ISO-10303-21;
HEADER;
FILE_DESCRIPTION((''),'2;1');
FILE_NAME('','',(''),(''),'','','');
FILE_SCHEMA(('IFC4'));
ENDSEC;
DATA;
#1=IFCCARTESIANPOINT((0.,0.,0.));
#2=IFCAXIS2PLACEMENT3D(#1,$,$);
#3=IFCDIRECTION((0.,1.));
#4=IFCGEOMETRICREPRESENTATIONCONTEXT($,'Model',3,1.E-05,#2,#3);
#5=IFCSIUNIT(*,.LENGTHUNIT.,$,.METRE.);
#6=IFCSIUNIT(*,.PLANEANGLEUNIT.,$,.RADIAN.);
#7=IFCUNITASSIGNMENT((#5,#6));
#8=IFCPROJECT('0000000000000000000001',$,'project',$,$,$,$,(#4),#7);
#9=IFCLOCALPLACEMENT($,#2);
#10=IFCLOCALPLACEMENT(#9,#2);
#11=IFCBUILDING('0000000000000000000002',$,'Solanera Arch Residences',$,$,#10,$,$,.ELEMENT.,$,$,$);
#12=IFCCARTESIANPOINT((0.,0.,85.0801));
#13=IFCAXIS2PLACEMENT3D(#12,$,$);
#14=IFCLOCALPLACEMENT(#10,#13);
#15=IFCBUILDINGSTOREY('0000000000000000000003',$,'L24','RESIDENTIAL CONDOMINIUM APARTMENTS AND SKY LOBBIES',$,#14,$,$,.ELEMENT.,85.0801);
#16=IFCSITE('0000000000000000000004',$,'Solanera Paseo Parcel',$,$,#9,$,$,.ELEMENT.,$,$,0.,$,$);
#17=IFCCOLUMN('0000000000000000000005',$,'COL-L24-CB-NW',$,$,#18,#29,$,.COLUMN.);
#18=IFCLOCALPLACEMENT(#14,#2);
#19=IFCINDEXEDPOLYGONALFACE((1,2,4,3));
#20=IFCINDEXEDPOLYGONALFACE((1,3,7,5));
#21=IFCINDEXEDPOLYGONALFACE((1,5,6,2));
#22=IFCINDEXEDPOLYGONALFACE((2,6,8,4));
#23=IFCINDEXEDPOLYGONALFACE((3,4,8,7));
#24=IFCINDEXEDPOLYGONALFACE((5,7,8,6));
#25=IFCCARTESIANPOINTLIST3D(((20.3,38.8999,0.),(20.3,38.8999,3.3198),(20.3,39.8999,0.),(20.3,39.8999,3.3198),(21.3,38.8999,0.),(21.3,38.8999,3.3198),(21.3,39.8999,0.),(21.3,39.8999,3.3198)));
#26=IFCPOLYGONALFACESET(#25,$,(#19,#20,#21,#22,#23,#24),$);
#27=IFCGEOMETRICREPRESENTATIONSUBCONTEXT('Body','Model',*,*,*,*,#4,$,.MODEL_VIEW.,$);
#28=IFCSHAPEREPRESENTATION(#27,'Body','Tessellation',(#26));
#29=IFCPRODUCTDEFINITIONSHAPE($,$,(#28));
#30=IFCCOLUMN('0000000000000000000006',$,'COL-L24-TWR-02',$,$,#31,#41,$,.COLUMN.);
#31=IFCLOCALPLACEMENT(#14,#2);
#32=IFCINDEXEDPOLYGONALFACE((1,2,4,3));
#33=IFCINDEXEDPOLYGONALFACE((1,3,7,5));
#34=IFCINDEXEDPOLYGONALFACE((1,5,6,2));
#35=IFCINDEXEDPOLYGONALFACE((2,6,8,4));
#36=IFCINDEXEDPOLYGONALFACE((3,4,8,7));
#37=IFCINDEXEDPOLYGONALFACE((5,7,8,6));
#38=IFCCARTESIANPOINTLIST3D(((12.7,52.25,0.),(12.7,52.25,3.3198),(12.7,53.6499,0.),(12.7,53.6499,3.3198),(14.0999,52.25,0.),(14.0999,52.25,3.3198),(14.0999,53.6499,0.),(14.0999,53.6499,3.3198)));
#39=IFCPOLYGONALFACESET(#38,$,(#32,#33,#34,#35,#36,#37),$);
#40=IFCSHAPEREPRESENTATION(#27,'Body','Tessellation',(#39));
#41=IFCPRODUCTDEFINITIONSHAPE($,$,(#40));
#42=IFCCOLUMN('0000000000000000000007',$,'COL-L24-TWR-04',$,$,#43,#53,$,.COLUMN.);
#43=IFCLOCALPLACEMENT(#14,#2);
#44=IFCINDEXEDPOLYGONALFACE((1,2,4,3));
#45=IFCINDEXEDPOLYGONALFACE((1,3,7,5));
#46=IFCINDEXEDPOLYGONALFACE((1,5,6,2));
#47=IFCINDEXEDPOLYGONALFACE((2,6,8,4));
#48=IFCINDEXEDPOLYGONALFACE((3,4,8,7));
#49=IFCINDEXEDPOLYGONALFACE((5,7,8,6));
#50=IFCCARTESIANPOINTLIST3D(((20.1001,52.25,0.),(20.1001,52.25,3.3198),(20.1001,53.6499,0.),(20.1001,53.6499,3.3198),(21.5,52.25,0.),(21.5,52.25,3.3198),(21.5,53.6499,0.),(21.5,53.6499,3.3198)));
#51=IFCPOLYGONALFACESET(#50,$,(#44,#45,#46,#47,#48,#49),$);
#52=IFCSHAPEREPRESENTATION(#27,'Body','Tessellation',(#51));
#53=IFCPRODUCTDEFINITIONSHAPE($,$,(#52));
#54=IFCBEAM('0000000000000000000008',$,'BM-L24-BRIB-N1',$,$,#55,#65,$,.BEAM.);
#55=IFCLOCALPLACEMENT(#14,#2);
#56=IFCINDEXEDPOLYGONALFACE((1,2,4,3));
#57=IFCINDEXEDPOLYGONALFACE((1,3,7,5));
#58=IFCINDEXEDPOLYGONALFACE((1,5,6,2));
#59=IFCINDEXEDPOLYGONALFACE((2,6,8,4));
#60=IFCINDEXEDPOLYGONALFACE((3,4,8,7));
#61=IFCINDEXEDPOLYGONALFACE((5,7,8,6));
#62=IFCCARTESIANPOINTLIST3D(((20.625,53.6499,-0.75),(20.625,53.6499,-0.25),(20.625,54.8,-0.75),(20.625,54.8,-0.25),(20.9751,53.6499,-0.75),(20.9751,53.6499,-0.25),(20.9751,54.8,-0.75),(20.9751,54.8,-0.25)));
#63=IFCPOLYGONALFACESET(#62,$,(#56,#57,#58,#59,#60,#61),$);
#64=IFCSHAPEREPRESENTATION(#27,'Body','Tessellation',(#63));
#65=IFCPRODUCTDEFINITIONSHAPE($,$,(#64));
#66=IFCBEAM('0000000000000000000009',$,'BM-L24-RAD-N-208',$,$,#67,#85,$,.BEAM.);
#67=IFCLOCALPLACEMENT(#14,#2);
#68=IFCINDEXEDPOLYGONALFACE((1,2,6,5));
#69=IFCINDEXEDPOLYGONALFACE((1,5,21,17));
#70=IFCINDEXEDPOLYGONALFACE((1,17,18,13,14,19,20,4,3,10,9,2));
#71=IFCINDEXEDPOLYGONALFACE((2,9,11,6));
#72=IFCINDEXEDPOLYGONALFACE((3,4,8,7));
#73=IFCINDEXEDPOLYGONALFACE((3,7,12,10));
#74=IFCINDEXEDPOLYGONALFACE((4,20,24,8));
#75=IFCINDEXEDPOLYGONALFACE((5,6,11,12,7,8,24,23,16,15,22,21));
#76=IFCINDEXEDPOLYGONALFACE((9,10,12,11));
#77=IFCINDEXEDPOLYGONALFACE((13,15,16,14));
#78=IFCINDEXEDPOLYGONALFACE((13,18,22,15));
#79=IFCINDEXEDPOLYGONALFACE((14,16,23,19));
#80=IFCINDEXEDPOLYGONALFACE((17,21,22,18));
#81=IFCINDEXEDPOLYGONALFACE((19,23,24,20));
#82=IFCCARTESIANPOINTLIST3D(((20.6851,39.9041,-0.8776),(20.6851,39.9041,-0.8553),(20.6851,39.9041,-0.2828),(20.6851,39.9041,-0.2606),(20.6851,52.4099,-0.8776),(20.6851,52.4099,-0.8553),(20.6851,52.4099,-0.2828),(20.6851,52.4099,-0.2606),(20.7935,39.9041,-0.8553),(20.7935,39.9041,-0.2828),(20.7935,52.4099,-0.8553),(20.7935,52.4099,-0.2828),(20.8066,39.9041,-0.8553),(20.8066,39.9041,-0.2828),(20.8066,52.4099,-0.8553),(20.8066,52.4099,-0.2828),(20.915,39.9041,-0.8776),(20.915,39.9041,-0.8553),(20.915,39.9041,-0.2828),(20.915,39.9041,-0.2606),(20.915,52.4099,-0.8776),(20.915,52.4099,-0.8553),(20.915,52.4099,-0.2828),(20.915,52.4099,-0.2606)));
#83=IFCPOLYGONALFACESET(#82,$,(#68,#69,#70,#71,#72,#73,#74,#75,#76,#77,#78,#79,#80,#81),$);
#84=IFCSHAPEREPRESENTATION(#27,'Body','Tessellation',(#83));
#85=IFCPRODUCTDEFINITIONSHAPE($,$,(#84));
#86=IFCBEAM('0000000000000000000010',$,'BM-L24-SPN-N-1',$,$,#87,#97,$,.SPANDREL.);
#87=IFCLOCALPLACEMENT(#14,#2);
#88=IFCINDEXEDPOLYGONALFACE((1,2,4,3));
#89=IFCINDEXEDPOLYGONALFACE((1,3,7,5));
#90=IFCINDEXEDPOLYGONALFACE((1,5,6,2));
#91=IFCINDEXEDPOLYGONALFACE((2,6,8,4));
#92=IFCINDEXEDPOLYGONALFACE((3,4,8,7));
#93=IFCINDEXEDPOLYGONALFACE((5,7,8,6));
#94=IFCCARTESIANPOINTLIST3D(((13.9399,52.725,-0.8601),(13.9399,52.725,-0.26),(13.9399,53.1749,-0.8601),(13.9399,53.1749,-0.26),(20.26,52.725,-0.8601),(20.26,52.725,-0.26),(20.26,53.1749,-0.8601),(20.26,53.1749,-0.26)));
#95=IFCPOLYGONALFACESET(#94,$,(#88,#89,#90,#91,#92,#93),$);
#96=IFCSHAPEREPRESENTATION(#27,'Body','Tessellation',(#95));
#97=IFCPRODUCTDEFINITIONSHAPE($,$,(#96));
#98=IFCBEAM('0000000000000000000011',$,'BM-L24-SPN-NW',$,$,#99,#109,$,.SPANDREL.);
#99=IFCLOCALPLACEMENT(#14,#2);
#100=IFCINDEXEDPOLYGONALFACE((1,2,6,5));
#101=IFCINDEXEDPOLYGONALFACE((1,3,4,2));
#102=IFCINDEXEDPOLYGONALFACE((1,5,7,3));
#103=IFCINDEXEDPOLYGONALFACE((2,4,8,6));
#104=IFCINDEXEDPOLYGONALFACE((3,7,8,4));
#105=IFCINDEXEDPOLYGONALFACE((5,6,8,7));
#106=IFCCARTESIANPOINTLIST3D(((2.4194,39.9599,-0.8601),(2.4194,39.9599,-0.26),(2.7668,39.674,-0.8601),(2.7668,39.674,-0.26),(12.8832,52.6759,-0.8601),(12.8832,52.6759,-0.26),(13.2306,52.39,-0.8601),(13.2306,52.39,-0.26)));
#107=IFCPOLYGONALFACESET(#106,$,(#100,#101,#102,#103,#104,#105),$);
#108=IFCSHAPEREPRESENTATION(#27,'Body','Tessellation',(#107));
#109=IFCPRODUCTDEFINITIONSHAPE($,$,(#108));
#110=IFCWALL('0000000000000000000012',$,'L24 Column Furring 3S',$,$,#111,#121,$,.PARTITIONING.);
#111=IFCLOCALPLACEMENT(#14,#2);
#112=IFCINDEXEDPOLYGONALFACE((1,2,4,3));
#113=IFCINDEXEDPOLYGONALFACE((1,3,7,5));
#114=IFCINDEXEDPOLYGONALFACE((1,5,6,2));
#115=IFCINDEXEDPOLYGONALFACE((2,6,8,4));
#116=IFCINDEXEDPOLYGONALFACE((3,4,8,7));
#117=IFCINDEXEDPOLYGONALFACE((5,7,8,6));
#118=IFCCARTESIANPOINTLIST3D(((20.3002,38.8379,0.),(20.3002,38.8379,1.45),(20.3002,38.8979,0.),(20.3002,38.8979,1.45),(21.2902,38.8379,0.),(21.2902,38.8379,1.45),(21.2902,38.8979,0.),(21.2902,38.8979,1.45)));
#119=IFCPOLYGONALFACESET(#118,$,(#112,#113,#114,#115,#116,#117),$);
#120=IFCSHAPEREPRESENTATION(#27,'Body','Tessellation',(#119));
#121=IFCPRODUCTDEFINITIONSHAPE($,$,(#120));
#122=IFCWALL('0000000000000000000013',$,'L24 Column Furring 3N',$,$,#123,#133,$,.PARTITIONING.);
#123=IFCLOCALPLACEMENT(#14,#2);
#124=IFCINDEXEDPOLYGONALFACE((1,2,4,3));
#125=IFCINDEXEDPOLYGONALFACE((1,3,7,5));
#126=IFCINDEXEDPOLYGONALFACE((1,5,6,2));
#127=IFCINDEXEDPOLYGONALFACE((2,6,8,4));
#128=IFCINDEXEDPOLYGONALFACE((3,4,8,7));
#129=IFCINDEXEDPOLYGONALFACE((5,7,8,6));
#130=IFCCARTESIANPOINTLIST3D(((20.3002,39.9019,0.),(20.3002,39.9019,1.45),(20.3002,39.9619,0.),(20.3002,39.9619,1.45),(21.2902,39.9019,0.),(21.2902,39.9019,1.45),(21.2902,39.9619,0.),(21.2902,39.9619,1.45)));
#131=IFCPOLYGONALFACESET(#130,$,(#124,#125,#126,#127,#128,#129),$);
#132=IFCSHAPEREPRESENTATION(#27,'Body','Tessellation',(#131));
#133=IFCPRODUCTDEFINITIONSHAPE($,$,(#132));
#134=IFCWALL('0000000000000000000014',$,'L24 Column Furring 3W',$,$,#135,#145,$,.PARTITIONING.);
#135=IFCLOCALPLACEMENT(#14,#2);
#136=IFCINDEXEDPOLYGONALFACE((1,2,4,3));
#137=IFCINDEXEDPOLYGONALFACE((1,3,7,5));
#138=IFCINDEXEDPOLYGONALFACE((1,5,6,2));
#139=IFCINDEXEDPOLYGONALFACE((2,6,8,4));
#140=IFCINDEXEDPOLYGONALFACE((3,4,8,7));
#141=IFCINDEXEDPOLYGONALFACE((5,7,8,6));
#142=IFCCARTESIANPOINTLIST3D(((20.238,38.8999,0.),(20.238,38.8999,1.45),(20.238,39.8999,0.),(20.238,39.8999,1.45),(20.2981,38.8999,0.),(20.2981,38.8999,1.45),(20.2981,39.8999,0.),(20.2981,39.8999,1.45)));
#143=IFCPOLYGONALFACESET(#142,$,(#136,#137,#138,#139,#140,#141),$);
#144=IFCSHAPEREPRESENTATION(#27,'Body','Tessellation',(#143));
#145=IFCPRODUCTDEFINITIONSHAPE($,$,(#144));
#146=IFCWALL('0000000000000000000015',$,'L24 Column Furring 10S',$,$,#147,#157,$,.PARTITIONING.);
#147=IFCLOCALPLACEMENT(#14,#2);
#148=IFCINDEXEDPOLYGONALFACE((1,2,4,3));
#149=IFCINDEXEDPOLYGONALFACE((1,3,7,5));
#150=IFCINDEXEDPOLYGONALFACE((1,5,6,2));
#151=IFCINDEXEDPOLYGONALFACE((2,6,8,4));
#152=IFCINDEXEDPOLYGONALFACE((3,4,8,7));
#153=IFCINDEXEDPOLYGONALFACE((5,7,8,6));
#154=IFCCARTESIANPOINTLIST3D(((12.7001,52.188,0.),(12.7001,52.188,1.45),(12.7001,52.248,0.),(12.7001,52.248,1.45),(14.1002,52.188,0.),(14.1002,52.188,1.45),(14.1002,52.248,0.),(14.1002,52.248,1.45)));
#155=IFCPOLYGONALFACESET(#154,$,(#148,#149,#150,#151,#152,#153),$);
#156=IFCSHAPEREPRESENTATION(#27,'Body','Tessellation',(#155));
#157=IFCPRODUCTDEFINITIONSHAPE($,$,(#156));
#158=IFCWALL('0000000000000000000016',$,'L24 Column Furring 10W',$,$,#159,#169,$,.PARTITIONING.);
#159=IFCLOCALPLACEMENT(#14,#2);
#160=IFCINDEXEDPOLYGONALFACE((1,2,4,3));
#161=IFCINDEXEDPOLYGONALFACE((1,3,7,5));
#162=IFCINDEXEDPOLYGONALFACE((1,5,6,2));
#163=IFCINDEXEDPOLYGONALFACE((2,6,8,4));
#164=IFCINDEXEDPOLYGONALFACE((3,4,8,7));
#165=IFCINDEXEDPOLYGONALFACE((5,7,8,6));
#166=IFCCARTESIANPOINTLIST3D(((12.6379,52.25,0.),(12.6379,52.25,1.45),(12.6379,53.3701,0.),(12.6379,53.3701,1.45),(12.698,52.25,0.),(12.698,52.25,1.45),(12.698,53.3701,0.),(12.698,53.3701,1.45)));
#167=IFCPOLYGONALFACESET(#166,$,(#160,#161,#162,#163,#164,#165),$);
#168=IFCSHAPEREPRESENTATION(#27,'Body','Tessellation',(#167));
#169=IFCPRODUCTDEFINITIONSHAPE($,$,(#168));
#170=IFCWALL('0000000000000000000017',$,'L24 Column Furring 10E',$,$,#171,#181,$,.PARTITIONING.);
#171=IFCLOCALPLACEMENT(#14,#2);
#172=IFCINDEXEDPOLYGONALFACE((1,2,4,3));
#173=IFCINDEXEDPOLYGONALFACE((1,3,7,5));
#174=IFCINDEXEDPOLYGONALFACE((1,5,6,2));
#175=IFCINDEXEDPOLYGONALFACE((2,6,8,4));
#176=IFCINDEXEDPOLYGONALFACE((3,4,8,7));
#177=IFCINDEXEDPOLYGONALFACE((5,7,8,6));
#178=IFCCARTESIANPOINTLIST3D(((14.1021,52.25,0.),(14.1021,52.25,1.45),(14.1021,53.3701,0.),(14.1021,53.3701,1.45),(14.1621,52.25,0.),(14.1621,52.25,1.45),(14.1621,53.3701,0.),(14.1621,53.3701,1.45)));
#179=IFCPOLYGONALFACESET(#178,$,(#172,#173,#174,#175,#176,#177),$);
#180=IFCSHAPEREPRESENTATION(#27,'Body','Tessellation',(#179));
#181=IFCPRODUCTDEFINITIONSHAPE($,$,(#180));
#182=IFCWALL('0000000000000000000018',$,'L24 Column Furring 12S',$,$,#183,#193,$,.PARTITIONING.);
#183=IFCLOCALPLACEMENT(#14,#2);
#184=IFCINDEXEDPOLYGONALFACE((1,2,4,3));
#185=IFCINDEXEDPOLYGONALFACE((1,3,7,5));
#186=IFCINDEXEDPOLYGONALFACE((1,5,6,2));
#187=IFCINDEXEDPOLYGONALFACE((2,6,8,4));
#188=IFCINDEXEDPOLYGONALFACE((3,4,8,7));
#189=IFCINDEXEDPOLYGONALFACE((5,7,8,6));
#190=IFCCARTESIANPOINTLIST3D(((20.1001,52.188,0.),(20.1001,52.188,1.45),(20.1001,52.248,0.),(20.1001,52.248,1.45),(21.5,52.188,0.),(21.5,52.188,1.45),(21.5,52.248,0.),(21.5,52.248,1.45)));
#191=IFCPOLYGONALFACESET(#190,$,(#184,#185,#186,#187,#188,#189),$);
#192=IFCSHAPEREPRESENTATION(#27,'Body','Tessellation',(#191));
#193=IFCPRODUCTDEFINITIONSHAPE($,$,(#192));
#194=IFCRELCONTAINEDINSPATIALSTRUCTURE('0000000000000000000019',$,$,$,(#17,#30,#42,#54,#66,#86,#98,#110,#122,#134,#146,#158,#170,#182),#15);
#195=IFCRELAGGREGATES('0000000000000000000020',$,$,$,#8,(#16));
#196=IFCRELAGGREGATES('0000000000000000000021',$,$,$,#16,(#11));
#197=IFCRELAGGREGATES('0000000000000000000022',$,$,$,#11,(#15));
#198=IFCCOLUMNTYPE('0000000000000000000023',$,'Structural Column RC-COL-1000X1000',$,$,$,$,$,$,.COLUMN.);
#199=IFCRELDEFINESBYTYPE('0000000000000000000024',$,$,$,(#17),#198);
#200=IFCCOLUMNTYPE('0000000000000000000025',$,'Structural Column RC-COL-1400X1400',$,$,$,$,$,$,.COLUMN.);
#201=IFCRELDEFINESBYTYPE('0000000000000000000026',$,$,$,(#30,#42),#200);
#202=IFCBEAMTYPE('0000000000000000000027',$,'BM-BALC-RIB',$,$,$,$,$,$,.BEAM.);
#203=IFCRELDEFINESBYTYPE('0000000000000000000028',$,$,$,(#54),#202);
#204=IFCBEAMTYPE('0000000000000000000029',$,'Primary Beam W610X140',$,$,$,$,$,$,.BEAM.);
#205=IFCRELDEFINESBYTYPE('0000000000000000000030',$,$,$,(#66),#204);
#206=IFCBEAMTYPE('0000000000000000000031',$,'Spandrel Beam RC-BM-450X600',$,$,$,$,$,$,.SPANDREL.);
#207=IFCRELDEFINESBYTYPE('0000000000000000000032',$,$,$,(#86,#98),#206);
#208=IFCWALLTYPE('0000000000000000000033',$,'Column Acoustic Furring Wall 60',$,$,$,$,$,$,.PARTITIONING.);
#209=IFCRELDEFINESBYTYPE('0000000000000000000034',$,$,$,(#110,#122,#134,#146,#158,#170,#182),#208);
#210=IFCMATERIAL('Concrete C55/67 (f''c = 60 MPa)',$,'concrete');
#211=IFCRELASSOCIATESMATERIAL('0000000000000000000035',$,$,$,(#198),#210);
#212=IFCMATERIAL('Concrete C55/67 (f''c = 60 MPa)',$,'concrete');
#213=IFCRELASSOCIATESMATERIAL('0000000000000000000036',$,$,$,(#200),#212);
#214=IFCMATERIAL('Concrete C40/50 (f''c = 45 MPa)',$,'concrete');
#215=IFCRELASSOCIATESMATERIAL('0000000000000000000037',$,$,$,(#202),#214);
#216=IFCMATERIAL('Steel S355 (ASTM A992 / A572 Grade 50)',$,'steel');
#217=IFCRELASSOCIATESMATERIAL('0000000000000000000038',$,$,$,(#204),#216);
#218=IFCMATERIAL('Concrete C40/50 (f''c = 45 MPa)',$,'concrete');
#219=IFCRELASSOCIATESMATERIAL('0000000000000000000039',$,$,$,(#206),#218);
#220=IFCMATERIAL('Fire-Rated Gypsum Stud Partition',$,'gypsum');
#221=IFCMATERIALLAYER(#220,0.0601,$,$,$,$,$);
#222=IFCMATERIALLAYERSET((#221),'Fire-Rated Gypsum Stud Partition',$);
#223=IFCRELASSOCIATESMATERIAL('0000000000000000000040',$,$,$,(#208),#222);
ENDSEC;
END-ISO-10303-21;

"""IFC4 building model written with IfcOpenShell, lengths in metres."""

from ifc_helpers import new_model, si_unit, direction, frame, frame_2d, origin, origin_2d, place, context, subcontext, project, spatial, rectangle, i_section, extrude, material, layer, layer_set, material_profile, profile_set, type_object, element, save


model = new_model("IFC4")

# Units and contexts
model_context = context("Model", 3, precision=1e-05, world=origin(), true_north=direction((0.0, 1.0)))
body_context = subcontext(model_context, "Body", "Model", "MODEL_VIEW")
ifc_project = project(units=[si_unit("LENGTHUNIT", "METRE"), si_unit("PLANEANGLEUNIT", "RADIAN")], contexts=[model_context])

# Site, building, storey
site_placement = place(None, origin())
site = spatial("IfcSite", under=ifc_project, at=site_placement, Name="Solanera Paseo Parcel", CompositionType="ELEMENT", RefElevation=0.0)
building_placement = place(site_placement, origin())
building = spatial("IfcBuilding", under=site, at=building_placement, Name="Solanera Arch Residences", CompositionType="ELEMENT")
storey_placement = place(building_placement, frame((0.0, 0.0, 85.0801)))
storey = spatial("IfcBuildingStorey", under=building, at=storey_placement, Name="L24", Description="RESIDENTIAL CONDOMINIUM APARTMENTS AND SKY LOBBIES", CompositionType="ELEMENT", Elevation=85.0801)

# Columns
ifc_material_1 = material(Name="Concrete C55/67 (f'c = 60 MPa)", Category="concrete")
ifc_material_profile_1 = material_profile(ifc_material_1, rectangle(XDim=1.0, YDim=1.0, at=origin_2d()))
ifc_profile_set_1 = profile_set([ifc_material_profile_1], Name="Concrete C55/67 (f'c = 60 MPa)")
column_type_1 = type_object("IfcColumnType", Name="Structural Column RC-COL-1000X1000", PredefinedType="COLUMN", material=ifc_profile_set_1)
column_placement = place(storey_placement, frame((20.8, 39.3999, 0.0), z_axis=(0.0, 0.0, 1.0), x_axis=(1.0, 0.0, 0.0)))
element("IfcColumn", 1, at=column_placement, inside=storey, type_object=column_type_1, Name="COL-L24-CB-NW", PredefinedType="COLUMN", context=body_context, shape_type="SweptSolid", body=[
    extrude(rectangle(XDim=1.0, YDim=1.0, at=origin_2d()), origin(), (0.0, 0.0, 1.0), 3.3198),
])
ifc_material_2 = material(Name="Concrete C55/67 (f'c = 60 MPa)", Category="concrete")
ifc_material_profile_2 = material_profile(ifc_material_2, rectangle(XDim=1.3999, YDim=1.3999, at=origin_2d()))
ifc_profile_set_2 = profile_set([ifc_material_profile_2], Name="Concrete C55/67 (f'c = 60 MPa)")
column_type_2 = type_object("IfcColumnType", Name="Structural Column RC-COL-1400X1400", PredefinedType="COLUMN", material=ifc_profile_set_2)
for number, where, z_axis, x_axis, name in (
    (2, (13.3999, 52.95, 0.0), (0.0, 0.0, 1.0), (1.0, 0.0, 0.0), "COL-L24-TWR-02"),
    (3, (20.8, 52.95, 0.0), (0.0, 0.0, 1.0), (1.0, 0.0, 0.0), "COL-L24-TWR-04"),
):
    element("IfcColumn", number, at=place(storey_placement, frame(where, z_axis=z_axis, x_axis=x_axis)), inside=storey, type_object=column_type_2, Name=name, PredefinedType="COLUMN", context=body_context, shape_type="SweptSolid", body=[
        extrude(rectangle(XDim=1.3999, YDim=1.3999, at=origin_2d()), origin(), (0.0, 0.0, 1.0), 3.3198),
    ])

# Beams
ifc_material_3 = material(Name="Concrete C40/50 (f'c = 45 MPa)", Category="concrete")
ifc_material_profile_3 = material_profile(ifc_material_3, rectangle(XDim=0.3501, YDim=0.5, at=origin_2d()))
ifc_profile_set_3 = profile_set([ifc_material_profile_3], Name="Concrete C40/50 (f'c = 45 MPa)")
beam_type_1 = type_object("IfcBeamType", Name="BM-BALC-RIB", PredefinedType="BEAM", material=ifc_profile_set_3)
beam_1_placement = place(storey_placement, frame((20.8, 53.6499, -0.5), z_axis=(0.0, 1.0, 0.0), x_axis=(-1.0, 0.0, 0.0)))
element("IfcBeam", 4, at=beam_1_placement, inside=storey, type_object=beam_type_1, Name="BM-L24-BRIB-N1", PredefinedType="BEAM", context=body_context, shape_type="SweptSolid", body=[
    extrude(rectangle(XDim=0.3501, YDim=0.5, at=origin_2d()), origin(), (0.0, 0.0, 1.0), 1.1501),
])
ifc_material_4 = material(Name="Steel S355 (ASTM A992 / A572 Grade 50)", Category="steel")
ifc_material_profile_4 = material_profile(ifc_material_4, i_section(OverallWidth=0.23, OverallDepth=0.6169, WebThickness=0.0132, FlangeThickness=0.0222, at=origin_2d()))
ifc_profile_set_4 = profile_set([ifc_material_profile_4], Name="Steel S355 (ASTM A992 / A572 Grade 50)")
beam_type_2 = type_object("IfcBeamType", Name="Primary Beam W610X140", PredefinedType="BEAM", material=ifc_profile_set_4)
beam_2_placement = place(storey_placement, frame((20.8, 39.9041, -0.5691), z_axis=(0.0, 1.0, 0.0), x_axis=(-1.0, 0.0, 0.0)))
element("IfcBeam", 5, at=beam_2_placement, inside=storey, type_object=beam_type_2, Name="BM-L24-RAD-N-208", PredefinedType="BEAM", context=body_context, shape_type="SweptSolid", body=[
    extrude(i_section(OverallWidth=0.23, OverallDepth=0.6169, WebThickness=0.0132, FlangeThickness=0.0222, at=origin_2d()), origin(), (0.0, 0.0, 1.0), 12.5059),
])
ifc_material_5 = material(Name="Concrete C40/50 (f'c = 45 MPa)", Category="concrete")
ifc_material_profile_5 = material_profile(ifc_material_5, rectangle(XDim=0.45, YDim=0.6001, at=origin_2d()))
ifc_profile_set_5 = profile_set([ifc_material_profile_5], Name="Concrete C40/50 (f'c = 45 MPa)")
beam_type_3 = type_object("IfcBeamType", Name="Spandrel Beam RC-BM-450X600", PredefinedType="SPANDREL", material=ifc_profile_set_5)
beam_3_placement = place(storey_placement, frame((13.9399, 52.95, -0.5601), z_axis=(1.0, 0.0, 0.0), x_axis=(0.0, 1.0, 0.0)))
element("IfcBeam", 6, at=beam_3_placement, inside=storey, type_object=beam_type_3, Name="BM-L24-SPN-N-1", PredefinedType="SPANDREL", context=body_context, shape_type="SweptSolid", body=[
    extrude(rectangle(XDim=0.45, YDim=0.6001, at=origin_2d()), origin(), (0.0, 0.0, 1.0), 6.3201),
])
beam_4_placement = place(storey_placement, frame((13.0569, 52.533, -0.5601), z_axis=(-0.635411, -0.772174, 0.0), x_axis=(0.772174, -0.635411, 0.0)))
element("IfcBeam", 7, at=beam_4_placement, inside=storey, type_object=beam_type_3, Name="BM-L24-SPN-NW", PredefinedType="SPANDREL", context=body_context, shape_type="SweptSolid", body=[
    extrude(rectangle(XDim=0.45, YDim=0.6001, at=origin_2d()), origin(), (0.0, 0.0, 1.0), 16.4678),
])

# Walls
ifc_material_6 = material(Name="Fire-Rated Gypsum Stud Partition", Category="gypsum")
ifc_layer_1 = layer(ifc_material_6, 0.0601)
ifc_layer_set_1 = layer_set([ifc_layer_1], Name="Fire-Rated Gypsum Stud Partition")
wall_type_1 = type_object("IfcWallType", Name="Column Acoustic Furring Wall 60", PredefinedType="PARTITIONING", material=ifc_layer_set_1)
for number, where, z_axis, x_axis, name in (
    (8, (20.3, 38.8679, 0.0), (0.0, 0.0, 1.0), (1.0, 0.0, 0.0), "L24 Column Furring 3S"),
    (9, (20.3, 39.9319, 0.0), (0.0, 0.0, 1.0), (1.0, 0.0, 0.0), "L24 Column Furring 3N"),
):
    element("IfcWall", number, at=place(storey_placement, frame(where, z_axis=z_axis, x_axis=x_axis)), inside=storey, type_object=wall_type_1, Name=name, PredefinedType="PARTITIONING", context=body_context, shape_type="SweptSolid", body=[
        extrude(rectangle(XDim=0.99, YDim=0.0601, at=frame_2d((0.4951, 0.0))), origin(), (0.0, 0.0, 1.0), 1.45),
    ])
wall_1_placement = place(storey_placement, frame((20.2681, 38.8999, 0.0), z_axis=(0.0, 0.0, 1.0), x_axis=(0.0, 1.0, 0.0)))
element("IfcWall", 10, at=wall_1_placement, inside=storey, type_object=wall_type_1, Name="L24 Column Furring 3W", PredefinedType="PARTITIONING", context=body_context, shape_type="SweptSolid", body=[
    extrude(rectangle(XDim=1.0, YDim=0.0601, at=frame_2d((0.5, 0.0))), origin(), (0.0, 0.0, 1.0), 1.45),
])
wall_2_placement = place(storey_placement, frame((12.7, 52.218, 0.0), z_axis=(0.0, 0.0, 1.0), x_axis=(1.0, 0.0, 0.0)))
element("IfcWall", 11, at=wall_2_placement, inside=storey, type_object=wall_type_1, Name="L24 Column Furring 10S", PredefinedType="PARTITIONING", context=body_context, shape_type="SweptSolid", body=[
    extrude(rectangle(XDim=1.4001, YDim=0.0601, at=frame_2d((0.7002, 0.0))), origin(), (0.0, 0.0, 1.0), 1.45),
])
for number, where, z_axis, x_axis, name in (
    (12, (12.668, 52.25, 0.0), (0.0, 0.0, 1.0), (0.0, 1.0, 0.0), "L24 Column Furring 10W"),
    (13, (14.1321, 52.25, 0.0), (0.0, 0.0, 1.0), (0.0, 1.0, 0.0), "L24 Column Furring 10E"),
):
    element("IfcWall", number, at=place(storey_placement, frame(where, z_axis=z_axis, x_axis=x_axis)), inside=storey, type_object=wall_type_1, Name=name, PredefinedType="PARTITIONING", context=body_context, shape_type="SweptSolid", body=[
        extrude(rectangle(XDim=1.1201, YDim=0.0601, at=frame_2d((0.5601, 0.0))), origin(), (0.0, 0.0, 1.0), 1.45),
    ])
wall_3_placement = place(storey_placement, frame((20.1001, 52.218, 0.0), z_axis=(0.0, 0.0, 1.0), x_axis=(1.0, 0.0, 0.0)))
element("IfcWall", 14, at=wall_3_placement, inside=storey, type_object=wall_type_1, Name="L24 Column Furring 12S", PredefinedType="PARTITIONING", context=body_context, shape_type="SweptSolid", body=[
    extrude(rectangle(XDim=1.3999, YDim=0.0601, at=frame_2d((0.7, 0.0))), origin(), (0.0, 0.0, 1.0), 1.45),
])

save(model, "model.ifc")
